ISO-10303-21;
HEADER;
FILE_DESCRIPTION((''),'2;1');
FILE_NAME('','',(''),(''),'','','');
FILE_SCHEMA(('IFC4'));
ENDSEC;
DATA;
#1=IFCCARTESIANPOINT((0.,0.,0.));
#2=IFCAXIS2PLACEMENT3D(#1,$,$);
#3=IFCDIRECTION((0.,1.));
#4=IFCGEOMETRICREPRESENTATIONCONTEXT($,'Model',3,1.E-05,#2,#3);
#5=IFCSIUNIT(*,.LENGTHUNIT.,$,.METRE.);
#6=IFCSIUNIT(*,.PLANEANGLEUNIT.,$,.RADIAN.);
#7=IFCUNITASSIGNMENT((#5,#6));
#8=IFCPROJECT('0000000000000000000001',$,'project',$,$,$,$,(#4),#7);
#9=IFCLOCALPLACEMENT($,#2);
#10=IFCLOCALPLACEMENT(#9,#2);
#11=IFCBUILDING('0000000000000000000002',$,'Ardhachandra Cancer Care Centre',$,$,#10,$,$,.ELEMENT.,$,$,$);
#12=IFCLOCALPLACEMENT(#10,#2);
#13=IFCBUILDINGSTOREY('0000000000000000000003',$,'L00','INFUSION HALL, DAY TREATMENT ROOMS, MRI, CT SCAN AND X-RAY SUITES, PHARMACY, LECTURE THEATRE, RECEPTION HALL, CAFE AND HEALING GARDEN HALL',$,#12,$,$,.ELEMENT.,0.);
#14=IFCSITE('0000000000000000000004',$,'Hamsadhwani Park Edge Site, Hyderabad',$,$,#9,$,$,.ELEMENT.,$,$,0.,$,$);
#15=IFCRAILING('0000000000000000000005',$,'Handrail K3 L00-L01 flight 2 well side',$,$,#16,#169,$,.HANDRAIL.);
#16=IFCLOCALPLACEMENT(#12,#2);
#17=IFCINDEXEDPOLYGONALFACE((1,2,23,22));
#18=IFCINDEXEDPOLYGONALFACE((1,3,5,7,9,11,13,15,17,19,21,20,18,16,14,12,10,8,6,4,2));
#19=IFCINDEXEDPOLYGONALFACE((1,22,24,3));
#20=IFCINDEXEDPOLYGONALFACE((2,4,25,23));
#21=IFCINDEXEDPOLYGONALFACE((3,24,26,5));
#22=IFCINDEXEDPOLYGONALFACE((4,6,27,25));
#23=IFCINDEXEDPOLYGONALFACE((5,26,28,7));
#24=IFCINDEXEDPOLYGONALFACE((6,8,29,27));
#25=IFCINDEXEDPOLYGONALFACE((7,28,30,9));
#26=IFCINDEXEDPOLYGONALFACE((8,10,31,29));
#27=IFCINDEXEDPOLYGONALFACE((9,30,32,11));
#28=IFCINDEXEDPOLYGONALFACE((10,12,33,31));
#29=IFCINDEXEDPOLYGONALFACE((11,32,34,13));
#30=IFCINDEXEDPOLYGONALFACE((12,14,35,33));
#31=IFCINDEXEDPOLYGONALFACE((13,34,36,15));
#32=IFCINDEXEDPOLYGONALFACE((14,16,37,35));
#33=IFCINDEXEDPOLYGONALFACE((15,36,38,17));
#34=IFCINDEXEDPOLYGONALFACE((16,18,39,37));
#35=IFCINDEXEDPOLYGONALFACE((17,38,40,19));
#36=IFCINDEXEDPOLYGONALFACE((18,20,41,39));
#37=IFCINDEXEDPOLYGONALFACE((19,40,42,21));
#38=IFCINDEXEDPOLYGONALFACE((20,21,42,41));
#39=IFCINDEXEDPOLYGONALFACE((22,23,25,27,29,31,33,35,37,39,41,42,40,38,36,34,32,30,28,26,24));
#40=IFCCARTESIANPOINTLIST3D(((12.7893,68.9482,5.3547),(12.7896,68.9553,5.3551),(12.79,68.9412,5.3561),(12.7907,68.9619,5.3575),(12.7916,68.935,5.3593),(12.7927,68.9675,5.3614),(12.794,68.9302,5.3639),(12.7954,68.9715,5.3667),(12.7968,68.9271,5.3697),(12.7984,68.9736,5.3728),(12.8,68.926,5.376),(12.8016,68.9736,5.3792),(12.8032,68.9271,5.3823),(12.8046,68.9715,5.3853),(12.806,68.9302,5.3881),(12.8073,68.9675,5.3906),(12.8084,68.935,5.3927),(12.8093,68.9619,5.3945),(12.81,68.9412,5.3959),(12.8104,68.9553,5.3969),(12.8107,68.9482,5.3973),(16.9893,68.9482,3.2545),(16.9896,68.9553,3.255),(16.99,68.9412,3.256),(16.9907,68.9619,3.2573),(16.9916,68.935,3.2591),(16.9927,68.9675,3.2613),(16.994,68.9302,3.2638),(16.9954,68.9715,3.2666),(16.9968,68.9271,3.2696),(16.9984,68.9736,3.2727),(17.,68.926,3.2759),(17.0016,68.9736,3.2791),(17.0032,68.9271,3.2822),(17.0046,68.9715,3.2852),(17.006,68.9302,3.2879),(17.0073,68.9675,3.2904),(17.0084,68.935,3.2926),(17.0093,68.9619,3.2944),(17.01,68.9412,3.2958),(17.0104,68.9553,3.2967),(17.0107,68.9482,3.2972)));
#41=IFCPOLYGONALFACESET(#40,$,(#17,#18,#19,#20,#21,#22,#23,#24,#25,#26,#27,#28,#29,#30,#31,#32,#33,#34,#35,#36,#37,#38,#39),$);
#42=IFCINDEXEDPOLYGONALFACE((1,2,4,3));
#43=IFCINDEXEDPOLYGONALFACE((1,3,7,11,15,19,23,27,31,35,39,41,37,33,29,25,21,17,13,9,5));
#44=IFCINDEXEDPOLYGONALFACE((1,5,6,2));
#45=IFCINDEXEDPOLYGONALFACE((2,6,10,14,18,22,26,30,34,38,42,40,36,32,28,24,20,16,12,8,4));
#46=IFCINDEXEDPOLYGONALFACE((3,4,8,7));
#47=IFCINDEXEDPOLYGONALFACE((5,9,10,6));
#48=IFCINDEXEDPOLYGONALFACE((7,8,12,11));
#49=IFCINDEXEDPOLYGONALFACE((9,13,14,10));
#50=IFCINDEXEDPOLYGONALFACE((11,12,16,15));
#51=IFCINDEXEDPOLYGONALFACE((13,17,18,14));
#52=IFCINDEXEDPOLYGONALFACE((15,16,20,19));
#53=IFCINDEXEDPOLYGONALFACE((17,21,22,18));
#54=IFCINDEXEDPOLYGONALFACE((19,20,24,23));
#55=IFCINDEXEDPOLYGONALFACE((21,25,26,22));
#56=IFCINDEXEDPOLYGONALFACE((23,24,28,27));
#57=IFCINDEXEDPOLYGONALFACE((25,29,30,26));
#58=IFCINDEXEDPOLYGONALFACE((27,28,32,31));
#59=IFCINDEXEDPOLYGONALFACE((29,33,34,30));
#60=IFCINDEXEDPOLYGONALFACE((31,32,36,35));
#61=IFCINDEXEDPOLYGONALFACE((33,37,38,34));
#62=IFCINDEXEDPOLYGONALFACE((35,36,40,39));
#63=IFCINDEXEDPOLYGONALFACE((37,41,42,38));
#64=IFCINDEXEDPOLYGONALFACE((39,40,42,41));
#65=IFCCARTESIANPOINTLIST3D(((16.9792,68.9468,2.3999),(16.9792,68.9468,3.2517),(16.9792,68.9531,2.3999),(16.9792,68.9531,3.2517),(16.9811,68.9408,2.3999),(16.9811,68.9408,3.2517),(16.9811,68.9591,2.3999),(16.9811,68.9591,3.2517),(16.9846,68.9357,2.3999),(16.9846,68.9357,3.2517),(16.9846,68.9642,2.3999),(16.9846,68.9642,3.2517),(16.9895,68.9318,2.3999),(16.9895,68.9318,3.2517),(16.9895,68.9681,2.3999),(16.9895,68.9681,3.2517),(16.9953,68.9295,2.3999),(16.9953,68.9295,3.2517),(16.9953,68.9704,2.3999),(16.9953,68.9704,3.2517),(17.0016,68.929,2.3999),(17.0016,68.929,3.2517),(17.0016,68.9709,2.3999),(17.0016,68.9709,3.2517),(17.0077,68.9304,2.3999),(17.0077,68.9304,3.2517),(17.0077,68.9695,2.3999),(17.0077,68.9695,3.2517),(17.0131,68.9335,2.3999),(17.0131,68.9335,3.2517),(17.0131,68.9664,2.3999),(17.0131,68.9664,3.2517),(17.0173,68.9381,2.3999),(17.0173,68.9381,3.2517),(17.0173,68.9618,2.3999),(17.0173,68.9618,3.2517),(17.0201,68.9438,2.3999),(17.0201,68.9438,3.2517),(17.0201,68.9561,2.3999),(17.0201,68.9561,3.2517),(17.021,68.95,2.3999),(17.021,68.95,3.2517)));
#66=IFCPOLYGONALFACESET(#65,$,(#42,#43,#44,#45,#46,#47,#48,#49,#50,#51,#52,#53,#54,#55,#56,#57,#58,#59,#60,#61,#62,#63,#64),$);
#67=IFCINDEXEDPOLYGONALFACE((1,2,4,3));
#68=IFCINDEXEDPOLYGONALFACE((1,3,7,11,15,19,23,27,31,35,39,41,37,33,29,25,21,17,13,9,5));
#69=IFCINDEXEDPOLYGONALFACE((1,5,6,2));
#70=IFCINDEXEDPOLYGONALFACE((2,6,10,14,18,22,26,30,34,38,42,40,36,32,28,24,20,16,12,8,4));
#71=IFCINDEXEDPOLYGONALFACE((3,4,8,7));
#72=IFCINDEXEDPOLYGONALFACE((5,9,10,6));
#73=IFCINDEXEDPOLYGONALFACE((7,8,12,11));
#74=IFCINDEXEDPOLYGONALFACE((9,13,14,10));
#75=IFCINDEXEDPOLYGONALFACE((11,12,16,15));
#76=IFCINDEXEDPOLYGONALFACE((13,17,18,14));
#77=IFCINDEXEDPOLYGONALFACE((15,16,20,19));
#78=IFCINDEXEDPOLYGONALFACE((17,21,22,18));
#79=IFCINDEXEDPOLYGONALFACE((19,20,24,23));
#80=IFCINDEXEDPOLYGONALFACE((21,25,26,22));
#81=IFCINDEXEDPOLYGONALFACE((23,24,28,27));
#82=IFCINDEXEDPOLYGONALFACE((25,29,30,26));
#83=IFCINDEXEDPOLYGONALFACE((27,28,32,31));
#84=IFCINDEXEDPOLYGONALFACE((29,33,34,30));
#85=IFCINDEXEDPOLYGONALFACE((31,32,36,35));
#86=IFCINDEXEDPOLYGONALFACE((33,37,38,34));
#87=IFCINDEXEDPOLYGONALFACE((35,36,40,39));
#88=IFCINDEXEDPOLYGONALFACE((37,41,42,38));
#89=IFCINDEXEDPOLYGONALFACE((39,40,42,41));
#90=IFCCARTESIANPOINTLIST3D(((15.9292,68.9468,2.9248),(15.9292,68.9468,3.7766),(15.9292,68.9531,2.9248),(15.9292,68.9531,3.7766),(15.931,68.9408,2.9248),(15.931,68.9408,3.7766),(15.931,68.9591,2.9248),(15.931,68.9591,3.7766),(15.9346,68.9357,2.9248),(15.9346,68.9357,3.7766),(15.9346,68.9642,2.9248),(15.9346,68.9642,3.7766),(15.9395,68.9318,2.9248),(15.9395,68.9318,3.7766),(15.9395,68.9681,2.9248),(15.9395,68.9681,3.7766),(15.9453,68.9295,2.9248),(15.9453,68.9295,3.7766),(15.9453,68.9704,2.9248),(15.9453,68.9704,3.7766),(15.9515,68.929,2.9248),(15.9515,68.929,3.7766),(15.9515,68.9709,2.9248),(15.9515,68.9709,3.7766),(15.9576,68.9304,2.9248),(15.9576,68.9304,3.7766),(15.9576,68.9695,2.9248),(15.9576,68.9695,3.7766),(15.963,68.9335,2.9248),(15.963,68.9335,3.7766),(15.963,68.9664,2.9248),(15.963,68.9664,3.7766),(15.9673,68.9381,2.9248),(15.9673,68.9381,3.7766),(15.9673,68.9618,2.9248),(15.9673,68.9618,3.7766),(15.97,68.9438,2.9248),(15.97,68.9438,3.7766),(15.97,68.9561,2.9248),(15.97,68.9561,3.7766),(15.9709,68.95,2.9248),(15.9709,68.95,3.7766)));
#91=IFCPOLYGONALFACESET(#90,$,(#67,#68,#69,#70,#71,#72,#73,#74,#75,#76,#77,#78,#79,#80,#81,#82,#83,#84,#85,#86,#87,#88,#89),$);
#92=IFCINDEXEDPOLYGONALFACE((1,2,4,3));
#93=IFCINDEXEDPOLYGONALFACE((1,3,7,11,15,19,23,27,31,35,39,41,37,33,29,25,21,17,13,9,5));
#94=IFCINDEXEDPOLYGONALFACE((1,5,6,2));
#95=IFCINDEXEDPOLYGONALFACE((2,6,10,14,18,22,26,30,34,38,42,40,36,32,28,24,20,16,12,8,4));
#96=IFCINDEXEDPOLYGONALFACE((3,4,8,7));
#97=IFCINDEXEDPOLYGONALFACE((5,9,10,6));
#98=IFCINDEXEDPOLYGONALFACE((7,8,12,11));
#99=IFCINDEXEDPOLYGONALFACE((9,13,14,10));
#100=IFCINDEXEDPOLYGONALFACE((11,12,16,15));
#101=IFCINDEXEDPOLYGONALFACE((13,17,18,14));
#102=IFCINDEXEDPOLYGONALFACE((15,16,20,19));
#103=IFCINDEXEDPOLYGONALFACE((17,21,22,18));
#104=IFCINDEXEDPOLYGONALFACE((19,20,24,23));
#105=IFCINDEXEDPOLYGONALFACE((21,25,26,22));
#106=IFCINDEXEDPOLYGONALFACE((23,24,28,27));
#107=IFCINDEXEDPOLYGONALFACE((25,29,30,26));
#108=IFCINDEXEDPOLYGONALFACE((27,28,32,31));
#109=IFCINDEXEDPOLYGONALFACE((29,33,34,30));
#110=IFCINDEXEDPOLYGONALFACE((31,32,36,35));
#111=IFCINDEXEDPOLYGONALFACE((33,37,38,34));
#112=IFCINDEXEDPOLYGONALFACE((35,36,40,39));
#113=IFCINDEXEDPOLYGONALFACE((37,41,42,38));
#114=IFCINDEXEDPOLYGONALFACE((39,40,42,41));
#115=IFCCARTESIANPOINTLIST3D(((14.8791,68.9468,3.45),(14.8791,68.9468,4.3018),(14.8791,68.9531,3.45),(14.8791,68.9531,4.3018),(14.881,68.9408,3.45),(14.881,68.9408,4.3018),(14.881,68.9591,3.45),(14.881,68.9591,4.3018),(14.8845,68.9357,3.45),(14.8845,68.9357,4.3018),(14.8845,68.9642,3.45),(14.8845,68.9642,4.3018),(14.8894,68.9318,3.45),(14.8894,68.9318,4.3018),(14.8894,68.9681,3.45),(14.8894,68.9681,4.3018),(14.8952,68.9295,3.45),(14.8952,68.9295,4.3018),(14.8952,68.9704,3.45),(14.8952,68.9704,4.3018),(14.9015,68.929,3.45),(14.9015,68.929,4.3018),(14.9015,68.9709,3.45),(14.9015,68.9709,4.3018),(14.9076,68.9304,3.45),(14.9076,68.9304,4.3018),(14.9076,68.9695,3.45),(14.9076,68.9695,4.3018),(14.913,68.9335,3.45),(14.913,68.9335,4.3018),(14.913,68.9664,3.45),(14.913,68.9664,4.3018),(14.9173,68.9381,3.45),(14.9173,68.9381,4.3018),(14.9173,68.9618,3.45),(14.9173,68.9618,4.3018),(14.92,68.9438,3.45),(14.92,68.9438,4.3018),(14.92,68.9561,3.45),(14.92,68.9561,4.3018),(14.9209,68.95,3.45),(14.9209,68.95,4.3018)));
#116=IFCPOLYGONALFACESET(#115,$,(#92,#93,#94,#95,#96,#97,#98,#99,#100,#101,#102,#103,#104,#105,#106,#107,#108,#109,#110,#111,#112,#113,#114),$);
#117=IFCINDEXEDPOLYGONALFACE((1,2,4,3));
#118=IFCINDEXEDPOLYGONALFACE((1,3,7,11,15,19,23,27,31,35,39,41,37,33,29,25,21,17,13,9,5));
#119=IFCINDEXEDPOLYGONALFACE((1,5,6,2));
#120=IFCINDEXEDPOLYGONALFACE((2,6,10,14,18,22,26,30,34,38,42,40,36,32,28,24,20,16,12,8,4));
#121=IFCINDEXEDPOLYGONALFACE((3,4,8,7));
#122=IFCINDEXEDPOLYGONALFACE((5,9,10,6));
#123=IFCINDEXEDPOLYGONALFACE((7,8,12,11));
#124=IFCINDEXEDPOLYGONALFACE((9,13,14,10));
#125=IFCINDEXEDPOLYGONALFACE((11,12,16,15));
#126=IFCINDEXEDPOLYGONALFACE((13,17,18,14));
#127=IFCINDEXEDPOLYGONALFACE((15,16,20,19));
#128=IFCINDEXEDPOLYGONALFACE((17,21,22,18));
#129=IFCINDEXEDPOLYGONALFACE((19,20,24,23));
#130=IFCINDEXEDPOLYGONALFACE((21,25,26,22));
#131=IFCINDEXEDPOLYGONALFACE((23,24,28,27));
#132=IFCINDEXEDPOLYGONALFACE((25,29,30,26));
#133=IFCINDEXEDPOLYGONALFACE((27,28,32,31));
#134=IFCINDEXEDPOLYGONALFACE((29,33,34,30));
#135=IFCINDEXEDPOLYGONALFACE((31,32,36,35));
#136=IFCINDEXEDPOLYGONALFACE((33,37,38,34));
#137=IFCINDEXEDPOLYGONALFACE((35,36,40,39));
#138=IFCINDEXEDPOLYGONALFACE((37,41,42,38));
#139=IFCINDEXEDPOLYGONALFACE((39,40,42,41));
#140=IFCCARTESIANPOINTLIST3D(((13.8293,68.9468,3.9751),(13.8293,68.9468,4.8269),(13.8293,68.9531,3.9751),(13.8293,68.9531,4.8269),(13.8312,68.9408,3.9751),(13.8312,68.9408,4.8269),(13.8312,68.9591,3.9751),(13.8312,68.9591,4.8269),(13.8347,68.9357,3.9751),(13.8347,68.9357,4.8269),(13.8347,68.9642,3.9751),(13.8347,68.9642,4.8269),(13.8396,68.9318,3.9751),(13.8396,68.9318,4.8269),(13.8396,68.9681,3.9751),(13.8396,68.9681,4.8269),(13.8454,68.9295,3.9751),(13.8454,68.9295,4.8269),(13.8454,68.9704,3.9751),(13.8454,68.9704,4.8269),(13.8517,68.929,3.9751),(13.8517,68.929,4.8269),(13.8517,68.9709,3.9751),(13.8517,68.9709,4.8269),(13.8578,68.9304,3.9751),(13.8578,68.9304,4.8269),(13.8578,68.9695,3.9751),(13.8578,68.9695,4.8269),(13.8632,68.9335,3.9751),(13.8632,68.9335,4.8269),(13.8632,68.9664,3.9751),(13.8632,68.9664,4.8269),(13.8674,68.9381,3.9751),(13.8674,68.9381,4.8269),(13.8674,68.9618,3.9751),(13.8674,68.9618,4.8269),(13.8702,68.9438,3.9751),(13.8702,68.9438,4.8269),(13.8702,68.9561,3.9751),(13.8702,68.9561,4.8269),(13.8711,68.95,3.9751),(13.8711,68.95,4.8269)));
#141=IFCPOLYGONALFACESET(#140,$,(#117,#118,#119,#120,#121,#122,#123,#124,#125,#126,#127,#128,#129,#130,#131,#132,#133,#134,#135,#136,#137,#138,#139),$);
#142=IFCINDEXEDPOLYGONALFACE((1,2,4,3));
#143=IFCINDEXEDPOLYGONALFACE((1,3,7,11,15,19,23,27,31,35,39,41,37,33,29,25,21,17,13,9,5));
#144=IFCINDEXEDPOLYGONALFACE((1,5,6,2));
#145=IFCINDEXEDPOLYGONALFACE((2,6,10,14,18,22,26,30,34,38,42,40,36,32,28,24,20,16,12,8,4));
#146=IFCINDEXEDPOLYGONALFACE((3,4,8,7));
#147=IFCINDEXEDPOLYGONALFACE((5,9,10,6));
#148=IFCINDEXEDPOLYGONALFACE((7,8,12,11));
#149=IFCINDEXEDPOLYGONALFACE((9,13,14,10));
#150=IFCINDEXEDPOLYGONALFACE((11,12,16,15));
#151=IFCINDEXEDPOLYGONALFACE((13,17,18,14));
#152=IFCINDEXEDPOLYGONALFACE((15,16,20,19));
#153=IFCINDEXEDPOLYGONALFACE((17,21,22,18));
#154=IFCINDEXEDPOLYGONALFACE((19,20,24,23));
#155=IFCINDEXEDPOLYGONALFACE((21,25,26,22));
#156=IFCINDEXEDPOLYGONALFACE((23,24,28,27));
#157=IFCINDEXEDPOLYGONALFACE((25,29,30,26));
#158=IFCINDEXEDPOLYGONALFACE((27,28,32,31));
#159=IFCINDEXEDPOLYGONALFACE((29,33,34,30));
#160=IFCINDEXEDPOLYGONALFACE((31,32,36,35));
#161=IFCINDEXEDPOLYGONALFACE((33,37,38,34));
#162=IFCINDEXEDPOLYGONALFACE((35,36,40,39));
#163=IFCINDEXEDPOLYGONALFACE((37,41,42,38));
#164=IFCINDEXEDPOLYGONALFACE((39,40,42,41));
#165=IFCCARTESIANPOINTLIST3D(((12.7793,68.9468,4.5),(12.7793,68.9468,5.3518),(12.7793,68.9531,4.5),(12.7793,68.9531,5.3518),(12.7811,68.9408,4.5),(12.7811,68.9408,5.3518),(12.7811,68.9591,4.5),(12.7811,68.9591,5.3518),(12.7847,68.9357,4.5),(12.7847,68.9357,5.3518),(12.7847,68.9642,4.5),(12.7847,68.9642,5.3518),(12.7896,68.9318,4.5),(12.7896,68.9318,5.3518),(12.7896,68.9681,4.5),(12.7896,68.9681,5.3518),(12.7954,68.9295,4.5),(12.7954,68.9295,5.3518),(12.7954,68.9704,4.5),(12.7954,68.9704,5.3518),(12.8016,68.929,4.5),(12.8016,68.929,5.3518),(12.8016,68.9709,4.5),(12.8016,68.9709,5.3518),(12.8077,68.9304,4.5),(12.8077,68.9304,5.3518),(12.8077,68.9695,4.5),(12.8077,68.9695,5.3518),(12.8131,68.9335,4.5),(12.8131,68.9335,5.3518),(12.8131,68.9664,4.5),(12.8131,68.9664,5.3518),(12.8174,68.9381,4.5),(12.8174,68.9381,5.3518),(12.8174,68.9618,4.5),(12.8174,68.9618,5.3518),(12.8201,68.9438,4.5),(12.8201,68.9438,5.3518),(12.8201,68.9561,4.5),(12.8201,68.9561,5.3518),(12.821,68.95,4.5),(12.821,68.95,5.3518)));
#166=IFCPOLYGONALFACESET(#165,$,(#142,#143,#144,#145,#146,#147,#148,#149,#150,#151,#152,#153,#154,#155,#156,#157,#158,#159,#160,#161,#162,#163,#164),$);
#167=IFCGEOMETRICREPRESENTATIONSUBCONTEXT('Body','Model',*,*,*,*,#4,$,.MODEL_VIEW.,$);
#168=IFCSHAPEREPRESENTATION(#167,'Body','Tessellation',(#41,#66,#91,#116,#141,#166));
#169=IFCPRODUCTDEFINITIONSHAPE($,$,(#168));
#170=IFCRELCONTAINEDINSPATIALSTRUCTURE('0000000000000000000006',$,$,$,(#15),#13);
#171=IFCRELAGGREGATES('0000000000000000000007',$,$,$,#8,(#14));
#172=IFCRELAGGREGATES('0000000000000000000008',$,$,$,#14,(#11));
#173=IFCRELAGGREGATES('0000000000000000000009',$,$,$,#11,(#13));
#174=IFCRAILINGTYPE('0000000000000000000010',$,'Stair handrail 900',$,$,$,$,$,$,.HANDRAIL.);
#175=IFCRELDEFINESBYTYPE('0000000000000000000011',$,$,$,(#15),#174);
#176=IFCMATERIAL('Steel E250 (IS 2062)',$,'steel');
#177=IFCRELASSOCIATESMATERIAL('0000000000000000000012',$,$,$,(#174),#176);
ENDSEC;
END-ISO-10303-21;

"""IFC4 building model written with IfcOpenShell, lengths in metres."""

from ifc_helpers import new_model, si_unit, direction, frame, origin, origin_2d, place, context, subcontext, project, spatial, circle, extrude, material, type_object, element, save


model = new_model("IFC4")

# Units and contexts
model_context = context("Model", 3, precision=1e-05, world=origin(), true_north=direction((0.0, 1.0)))
body_context = subcontext(model_context, "Body", "Model", "MODEL_VIEW")
ifc_project = project(units=[si_unit("LENGTHUNIT", "METRE"), si_unit("PLANEANGLEUNIT", "RADIAN")], contexts=[model_context])

# Site, building, storey
site_placement = place(None, origin())
site = spatial("IfcSite", under=ifc_project, at=site_placement, Name="Hamsadhwani Park Edge Site, Hyderabad", CompositionType="ELEMENT", RefElevation=0.0)
building_placement = place(site_placement, origin())
building = spatial("IfcBuilding", under=site, at=building_placement, Name="Ardhachandra Cancer Care Centre", CompositionType="ELEMENT")
storey_placement = place(building_placement, origin())
storey = spatial("IfcBuildingStorey", under=building, at=storey_placement, Name="L00", Description="INFUSION HALL, DAY TREATMENT ROOMS, MRI, CT SCAN AND X-RAY SUITES, PHARMACY, LECTURE THEATRE, RECEPTION HALL, CAFE AND HEALING GARDEN HALL", CompositionType="ELEMENT", Elevation=0.0)

# Railing
ifc_material_1 = material(Name="Steel E250 (IS 2062)", Category="steel")
railing_type = type_object("IfcRailingType", Name="Stair handrail 900", PredefinedType="HANDRAIL", material=ifc_material_1)
for number, where, name in (
    (1, (17.0, 68.95, 2.3999), "Handrail K3 L00-L01 flight 2 well side"),
):
    element("IfcRailing", number, at=place(storey_placement, frame(where)), inside=storey, type_object=railing_type, Name=name, PredefinedType="HANDRAIL", context=body_context, shape_type="SweptSolid", body=[
        extrude(circle(Radius=0.0239, at=origin_2d()), frame((0.0, 0.0, 0.876), z_axis=(-0.894417, 0.0, 0.447234), x_axis=(0.0, -1.0, 0.0)), (0.0, 0.0, 1.0), 4.6958),
        extrude(circle(Radius=0.021, at=origin_2d()), origin(), (0.0, 0.0, 1.0), 0.8518),
        extrude(circle(Radius=0.021, at=origin_2d()), frame((-1.05, 0.0, 0.5249)), (0.0, 0.0, 1.0), 0.8518),
        extrude(circle(Radius=0.021, at=origin_2d()), frame((-2.1001, 0.0, 1.05)), (0.0, 0.0, 1.0), 0.8518),
        extrude(circle(Radius=0.021, at=origin_2d()), frame((-3.1499, 0.0, 1.5752)), (0.0, 0.0, 1.0), 0.8518),
        extrude(circle(Radius=0.021, at=origin_2d()), frame((-4.2, 0.0, 2.1001)), (0.0, 0.0, 1.0), 0.8518),
    ])

save(model, "model.ifc")
